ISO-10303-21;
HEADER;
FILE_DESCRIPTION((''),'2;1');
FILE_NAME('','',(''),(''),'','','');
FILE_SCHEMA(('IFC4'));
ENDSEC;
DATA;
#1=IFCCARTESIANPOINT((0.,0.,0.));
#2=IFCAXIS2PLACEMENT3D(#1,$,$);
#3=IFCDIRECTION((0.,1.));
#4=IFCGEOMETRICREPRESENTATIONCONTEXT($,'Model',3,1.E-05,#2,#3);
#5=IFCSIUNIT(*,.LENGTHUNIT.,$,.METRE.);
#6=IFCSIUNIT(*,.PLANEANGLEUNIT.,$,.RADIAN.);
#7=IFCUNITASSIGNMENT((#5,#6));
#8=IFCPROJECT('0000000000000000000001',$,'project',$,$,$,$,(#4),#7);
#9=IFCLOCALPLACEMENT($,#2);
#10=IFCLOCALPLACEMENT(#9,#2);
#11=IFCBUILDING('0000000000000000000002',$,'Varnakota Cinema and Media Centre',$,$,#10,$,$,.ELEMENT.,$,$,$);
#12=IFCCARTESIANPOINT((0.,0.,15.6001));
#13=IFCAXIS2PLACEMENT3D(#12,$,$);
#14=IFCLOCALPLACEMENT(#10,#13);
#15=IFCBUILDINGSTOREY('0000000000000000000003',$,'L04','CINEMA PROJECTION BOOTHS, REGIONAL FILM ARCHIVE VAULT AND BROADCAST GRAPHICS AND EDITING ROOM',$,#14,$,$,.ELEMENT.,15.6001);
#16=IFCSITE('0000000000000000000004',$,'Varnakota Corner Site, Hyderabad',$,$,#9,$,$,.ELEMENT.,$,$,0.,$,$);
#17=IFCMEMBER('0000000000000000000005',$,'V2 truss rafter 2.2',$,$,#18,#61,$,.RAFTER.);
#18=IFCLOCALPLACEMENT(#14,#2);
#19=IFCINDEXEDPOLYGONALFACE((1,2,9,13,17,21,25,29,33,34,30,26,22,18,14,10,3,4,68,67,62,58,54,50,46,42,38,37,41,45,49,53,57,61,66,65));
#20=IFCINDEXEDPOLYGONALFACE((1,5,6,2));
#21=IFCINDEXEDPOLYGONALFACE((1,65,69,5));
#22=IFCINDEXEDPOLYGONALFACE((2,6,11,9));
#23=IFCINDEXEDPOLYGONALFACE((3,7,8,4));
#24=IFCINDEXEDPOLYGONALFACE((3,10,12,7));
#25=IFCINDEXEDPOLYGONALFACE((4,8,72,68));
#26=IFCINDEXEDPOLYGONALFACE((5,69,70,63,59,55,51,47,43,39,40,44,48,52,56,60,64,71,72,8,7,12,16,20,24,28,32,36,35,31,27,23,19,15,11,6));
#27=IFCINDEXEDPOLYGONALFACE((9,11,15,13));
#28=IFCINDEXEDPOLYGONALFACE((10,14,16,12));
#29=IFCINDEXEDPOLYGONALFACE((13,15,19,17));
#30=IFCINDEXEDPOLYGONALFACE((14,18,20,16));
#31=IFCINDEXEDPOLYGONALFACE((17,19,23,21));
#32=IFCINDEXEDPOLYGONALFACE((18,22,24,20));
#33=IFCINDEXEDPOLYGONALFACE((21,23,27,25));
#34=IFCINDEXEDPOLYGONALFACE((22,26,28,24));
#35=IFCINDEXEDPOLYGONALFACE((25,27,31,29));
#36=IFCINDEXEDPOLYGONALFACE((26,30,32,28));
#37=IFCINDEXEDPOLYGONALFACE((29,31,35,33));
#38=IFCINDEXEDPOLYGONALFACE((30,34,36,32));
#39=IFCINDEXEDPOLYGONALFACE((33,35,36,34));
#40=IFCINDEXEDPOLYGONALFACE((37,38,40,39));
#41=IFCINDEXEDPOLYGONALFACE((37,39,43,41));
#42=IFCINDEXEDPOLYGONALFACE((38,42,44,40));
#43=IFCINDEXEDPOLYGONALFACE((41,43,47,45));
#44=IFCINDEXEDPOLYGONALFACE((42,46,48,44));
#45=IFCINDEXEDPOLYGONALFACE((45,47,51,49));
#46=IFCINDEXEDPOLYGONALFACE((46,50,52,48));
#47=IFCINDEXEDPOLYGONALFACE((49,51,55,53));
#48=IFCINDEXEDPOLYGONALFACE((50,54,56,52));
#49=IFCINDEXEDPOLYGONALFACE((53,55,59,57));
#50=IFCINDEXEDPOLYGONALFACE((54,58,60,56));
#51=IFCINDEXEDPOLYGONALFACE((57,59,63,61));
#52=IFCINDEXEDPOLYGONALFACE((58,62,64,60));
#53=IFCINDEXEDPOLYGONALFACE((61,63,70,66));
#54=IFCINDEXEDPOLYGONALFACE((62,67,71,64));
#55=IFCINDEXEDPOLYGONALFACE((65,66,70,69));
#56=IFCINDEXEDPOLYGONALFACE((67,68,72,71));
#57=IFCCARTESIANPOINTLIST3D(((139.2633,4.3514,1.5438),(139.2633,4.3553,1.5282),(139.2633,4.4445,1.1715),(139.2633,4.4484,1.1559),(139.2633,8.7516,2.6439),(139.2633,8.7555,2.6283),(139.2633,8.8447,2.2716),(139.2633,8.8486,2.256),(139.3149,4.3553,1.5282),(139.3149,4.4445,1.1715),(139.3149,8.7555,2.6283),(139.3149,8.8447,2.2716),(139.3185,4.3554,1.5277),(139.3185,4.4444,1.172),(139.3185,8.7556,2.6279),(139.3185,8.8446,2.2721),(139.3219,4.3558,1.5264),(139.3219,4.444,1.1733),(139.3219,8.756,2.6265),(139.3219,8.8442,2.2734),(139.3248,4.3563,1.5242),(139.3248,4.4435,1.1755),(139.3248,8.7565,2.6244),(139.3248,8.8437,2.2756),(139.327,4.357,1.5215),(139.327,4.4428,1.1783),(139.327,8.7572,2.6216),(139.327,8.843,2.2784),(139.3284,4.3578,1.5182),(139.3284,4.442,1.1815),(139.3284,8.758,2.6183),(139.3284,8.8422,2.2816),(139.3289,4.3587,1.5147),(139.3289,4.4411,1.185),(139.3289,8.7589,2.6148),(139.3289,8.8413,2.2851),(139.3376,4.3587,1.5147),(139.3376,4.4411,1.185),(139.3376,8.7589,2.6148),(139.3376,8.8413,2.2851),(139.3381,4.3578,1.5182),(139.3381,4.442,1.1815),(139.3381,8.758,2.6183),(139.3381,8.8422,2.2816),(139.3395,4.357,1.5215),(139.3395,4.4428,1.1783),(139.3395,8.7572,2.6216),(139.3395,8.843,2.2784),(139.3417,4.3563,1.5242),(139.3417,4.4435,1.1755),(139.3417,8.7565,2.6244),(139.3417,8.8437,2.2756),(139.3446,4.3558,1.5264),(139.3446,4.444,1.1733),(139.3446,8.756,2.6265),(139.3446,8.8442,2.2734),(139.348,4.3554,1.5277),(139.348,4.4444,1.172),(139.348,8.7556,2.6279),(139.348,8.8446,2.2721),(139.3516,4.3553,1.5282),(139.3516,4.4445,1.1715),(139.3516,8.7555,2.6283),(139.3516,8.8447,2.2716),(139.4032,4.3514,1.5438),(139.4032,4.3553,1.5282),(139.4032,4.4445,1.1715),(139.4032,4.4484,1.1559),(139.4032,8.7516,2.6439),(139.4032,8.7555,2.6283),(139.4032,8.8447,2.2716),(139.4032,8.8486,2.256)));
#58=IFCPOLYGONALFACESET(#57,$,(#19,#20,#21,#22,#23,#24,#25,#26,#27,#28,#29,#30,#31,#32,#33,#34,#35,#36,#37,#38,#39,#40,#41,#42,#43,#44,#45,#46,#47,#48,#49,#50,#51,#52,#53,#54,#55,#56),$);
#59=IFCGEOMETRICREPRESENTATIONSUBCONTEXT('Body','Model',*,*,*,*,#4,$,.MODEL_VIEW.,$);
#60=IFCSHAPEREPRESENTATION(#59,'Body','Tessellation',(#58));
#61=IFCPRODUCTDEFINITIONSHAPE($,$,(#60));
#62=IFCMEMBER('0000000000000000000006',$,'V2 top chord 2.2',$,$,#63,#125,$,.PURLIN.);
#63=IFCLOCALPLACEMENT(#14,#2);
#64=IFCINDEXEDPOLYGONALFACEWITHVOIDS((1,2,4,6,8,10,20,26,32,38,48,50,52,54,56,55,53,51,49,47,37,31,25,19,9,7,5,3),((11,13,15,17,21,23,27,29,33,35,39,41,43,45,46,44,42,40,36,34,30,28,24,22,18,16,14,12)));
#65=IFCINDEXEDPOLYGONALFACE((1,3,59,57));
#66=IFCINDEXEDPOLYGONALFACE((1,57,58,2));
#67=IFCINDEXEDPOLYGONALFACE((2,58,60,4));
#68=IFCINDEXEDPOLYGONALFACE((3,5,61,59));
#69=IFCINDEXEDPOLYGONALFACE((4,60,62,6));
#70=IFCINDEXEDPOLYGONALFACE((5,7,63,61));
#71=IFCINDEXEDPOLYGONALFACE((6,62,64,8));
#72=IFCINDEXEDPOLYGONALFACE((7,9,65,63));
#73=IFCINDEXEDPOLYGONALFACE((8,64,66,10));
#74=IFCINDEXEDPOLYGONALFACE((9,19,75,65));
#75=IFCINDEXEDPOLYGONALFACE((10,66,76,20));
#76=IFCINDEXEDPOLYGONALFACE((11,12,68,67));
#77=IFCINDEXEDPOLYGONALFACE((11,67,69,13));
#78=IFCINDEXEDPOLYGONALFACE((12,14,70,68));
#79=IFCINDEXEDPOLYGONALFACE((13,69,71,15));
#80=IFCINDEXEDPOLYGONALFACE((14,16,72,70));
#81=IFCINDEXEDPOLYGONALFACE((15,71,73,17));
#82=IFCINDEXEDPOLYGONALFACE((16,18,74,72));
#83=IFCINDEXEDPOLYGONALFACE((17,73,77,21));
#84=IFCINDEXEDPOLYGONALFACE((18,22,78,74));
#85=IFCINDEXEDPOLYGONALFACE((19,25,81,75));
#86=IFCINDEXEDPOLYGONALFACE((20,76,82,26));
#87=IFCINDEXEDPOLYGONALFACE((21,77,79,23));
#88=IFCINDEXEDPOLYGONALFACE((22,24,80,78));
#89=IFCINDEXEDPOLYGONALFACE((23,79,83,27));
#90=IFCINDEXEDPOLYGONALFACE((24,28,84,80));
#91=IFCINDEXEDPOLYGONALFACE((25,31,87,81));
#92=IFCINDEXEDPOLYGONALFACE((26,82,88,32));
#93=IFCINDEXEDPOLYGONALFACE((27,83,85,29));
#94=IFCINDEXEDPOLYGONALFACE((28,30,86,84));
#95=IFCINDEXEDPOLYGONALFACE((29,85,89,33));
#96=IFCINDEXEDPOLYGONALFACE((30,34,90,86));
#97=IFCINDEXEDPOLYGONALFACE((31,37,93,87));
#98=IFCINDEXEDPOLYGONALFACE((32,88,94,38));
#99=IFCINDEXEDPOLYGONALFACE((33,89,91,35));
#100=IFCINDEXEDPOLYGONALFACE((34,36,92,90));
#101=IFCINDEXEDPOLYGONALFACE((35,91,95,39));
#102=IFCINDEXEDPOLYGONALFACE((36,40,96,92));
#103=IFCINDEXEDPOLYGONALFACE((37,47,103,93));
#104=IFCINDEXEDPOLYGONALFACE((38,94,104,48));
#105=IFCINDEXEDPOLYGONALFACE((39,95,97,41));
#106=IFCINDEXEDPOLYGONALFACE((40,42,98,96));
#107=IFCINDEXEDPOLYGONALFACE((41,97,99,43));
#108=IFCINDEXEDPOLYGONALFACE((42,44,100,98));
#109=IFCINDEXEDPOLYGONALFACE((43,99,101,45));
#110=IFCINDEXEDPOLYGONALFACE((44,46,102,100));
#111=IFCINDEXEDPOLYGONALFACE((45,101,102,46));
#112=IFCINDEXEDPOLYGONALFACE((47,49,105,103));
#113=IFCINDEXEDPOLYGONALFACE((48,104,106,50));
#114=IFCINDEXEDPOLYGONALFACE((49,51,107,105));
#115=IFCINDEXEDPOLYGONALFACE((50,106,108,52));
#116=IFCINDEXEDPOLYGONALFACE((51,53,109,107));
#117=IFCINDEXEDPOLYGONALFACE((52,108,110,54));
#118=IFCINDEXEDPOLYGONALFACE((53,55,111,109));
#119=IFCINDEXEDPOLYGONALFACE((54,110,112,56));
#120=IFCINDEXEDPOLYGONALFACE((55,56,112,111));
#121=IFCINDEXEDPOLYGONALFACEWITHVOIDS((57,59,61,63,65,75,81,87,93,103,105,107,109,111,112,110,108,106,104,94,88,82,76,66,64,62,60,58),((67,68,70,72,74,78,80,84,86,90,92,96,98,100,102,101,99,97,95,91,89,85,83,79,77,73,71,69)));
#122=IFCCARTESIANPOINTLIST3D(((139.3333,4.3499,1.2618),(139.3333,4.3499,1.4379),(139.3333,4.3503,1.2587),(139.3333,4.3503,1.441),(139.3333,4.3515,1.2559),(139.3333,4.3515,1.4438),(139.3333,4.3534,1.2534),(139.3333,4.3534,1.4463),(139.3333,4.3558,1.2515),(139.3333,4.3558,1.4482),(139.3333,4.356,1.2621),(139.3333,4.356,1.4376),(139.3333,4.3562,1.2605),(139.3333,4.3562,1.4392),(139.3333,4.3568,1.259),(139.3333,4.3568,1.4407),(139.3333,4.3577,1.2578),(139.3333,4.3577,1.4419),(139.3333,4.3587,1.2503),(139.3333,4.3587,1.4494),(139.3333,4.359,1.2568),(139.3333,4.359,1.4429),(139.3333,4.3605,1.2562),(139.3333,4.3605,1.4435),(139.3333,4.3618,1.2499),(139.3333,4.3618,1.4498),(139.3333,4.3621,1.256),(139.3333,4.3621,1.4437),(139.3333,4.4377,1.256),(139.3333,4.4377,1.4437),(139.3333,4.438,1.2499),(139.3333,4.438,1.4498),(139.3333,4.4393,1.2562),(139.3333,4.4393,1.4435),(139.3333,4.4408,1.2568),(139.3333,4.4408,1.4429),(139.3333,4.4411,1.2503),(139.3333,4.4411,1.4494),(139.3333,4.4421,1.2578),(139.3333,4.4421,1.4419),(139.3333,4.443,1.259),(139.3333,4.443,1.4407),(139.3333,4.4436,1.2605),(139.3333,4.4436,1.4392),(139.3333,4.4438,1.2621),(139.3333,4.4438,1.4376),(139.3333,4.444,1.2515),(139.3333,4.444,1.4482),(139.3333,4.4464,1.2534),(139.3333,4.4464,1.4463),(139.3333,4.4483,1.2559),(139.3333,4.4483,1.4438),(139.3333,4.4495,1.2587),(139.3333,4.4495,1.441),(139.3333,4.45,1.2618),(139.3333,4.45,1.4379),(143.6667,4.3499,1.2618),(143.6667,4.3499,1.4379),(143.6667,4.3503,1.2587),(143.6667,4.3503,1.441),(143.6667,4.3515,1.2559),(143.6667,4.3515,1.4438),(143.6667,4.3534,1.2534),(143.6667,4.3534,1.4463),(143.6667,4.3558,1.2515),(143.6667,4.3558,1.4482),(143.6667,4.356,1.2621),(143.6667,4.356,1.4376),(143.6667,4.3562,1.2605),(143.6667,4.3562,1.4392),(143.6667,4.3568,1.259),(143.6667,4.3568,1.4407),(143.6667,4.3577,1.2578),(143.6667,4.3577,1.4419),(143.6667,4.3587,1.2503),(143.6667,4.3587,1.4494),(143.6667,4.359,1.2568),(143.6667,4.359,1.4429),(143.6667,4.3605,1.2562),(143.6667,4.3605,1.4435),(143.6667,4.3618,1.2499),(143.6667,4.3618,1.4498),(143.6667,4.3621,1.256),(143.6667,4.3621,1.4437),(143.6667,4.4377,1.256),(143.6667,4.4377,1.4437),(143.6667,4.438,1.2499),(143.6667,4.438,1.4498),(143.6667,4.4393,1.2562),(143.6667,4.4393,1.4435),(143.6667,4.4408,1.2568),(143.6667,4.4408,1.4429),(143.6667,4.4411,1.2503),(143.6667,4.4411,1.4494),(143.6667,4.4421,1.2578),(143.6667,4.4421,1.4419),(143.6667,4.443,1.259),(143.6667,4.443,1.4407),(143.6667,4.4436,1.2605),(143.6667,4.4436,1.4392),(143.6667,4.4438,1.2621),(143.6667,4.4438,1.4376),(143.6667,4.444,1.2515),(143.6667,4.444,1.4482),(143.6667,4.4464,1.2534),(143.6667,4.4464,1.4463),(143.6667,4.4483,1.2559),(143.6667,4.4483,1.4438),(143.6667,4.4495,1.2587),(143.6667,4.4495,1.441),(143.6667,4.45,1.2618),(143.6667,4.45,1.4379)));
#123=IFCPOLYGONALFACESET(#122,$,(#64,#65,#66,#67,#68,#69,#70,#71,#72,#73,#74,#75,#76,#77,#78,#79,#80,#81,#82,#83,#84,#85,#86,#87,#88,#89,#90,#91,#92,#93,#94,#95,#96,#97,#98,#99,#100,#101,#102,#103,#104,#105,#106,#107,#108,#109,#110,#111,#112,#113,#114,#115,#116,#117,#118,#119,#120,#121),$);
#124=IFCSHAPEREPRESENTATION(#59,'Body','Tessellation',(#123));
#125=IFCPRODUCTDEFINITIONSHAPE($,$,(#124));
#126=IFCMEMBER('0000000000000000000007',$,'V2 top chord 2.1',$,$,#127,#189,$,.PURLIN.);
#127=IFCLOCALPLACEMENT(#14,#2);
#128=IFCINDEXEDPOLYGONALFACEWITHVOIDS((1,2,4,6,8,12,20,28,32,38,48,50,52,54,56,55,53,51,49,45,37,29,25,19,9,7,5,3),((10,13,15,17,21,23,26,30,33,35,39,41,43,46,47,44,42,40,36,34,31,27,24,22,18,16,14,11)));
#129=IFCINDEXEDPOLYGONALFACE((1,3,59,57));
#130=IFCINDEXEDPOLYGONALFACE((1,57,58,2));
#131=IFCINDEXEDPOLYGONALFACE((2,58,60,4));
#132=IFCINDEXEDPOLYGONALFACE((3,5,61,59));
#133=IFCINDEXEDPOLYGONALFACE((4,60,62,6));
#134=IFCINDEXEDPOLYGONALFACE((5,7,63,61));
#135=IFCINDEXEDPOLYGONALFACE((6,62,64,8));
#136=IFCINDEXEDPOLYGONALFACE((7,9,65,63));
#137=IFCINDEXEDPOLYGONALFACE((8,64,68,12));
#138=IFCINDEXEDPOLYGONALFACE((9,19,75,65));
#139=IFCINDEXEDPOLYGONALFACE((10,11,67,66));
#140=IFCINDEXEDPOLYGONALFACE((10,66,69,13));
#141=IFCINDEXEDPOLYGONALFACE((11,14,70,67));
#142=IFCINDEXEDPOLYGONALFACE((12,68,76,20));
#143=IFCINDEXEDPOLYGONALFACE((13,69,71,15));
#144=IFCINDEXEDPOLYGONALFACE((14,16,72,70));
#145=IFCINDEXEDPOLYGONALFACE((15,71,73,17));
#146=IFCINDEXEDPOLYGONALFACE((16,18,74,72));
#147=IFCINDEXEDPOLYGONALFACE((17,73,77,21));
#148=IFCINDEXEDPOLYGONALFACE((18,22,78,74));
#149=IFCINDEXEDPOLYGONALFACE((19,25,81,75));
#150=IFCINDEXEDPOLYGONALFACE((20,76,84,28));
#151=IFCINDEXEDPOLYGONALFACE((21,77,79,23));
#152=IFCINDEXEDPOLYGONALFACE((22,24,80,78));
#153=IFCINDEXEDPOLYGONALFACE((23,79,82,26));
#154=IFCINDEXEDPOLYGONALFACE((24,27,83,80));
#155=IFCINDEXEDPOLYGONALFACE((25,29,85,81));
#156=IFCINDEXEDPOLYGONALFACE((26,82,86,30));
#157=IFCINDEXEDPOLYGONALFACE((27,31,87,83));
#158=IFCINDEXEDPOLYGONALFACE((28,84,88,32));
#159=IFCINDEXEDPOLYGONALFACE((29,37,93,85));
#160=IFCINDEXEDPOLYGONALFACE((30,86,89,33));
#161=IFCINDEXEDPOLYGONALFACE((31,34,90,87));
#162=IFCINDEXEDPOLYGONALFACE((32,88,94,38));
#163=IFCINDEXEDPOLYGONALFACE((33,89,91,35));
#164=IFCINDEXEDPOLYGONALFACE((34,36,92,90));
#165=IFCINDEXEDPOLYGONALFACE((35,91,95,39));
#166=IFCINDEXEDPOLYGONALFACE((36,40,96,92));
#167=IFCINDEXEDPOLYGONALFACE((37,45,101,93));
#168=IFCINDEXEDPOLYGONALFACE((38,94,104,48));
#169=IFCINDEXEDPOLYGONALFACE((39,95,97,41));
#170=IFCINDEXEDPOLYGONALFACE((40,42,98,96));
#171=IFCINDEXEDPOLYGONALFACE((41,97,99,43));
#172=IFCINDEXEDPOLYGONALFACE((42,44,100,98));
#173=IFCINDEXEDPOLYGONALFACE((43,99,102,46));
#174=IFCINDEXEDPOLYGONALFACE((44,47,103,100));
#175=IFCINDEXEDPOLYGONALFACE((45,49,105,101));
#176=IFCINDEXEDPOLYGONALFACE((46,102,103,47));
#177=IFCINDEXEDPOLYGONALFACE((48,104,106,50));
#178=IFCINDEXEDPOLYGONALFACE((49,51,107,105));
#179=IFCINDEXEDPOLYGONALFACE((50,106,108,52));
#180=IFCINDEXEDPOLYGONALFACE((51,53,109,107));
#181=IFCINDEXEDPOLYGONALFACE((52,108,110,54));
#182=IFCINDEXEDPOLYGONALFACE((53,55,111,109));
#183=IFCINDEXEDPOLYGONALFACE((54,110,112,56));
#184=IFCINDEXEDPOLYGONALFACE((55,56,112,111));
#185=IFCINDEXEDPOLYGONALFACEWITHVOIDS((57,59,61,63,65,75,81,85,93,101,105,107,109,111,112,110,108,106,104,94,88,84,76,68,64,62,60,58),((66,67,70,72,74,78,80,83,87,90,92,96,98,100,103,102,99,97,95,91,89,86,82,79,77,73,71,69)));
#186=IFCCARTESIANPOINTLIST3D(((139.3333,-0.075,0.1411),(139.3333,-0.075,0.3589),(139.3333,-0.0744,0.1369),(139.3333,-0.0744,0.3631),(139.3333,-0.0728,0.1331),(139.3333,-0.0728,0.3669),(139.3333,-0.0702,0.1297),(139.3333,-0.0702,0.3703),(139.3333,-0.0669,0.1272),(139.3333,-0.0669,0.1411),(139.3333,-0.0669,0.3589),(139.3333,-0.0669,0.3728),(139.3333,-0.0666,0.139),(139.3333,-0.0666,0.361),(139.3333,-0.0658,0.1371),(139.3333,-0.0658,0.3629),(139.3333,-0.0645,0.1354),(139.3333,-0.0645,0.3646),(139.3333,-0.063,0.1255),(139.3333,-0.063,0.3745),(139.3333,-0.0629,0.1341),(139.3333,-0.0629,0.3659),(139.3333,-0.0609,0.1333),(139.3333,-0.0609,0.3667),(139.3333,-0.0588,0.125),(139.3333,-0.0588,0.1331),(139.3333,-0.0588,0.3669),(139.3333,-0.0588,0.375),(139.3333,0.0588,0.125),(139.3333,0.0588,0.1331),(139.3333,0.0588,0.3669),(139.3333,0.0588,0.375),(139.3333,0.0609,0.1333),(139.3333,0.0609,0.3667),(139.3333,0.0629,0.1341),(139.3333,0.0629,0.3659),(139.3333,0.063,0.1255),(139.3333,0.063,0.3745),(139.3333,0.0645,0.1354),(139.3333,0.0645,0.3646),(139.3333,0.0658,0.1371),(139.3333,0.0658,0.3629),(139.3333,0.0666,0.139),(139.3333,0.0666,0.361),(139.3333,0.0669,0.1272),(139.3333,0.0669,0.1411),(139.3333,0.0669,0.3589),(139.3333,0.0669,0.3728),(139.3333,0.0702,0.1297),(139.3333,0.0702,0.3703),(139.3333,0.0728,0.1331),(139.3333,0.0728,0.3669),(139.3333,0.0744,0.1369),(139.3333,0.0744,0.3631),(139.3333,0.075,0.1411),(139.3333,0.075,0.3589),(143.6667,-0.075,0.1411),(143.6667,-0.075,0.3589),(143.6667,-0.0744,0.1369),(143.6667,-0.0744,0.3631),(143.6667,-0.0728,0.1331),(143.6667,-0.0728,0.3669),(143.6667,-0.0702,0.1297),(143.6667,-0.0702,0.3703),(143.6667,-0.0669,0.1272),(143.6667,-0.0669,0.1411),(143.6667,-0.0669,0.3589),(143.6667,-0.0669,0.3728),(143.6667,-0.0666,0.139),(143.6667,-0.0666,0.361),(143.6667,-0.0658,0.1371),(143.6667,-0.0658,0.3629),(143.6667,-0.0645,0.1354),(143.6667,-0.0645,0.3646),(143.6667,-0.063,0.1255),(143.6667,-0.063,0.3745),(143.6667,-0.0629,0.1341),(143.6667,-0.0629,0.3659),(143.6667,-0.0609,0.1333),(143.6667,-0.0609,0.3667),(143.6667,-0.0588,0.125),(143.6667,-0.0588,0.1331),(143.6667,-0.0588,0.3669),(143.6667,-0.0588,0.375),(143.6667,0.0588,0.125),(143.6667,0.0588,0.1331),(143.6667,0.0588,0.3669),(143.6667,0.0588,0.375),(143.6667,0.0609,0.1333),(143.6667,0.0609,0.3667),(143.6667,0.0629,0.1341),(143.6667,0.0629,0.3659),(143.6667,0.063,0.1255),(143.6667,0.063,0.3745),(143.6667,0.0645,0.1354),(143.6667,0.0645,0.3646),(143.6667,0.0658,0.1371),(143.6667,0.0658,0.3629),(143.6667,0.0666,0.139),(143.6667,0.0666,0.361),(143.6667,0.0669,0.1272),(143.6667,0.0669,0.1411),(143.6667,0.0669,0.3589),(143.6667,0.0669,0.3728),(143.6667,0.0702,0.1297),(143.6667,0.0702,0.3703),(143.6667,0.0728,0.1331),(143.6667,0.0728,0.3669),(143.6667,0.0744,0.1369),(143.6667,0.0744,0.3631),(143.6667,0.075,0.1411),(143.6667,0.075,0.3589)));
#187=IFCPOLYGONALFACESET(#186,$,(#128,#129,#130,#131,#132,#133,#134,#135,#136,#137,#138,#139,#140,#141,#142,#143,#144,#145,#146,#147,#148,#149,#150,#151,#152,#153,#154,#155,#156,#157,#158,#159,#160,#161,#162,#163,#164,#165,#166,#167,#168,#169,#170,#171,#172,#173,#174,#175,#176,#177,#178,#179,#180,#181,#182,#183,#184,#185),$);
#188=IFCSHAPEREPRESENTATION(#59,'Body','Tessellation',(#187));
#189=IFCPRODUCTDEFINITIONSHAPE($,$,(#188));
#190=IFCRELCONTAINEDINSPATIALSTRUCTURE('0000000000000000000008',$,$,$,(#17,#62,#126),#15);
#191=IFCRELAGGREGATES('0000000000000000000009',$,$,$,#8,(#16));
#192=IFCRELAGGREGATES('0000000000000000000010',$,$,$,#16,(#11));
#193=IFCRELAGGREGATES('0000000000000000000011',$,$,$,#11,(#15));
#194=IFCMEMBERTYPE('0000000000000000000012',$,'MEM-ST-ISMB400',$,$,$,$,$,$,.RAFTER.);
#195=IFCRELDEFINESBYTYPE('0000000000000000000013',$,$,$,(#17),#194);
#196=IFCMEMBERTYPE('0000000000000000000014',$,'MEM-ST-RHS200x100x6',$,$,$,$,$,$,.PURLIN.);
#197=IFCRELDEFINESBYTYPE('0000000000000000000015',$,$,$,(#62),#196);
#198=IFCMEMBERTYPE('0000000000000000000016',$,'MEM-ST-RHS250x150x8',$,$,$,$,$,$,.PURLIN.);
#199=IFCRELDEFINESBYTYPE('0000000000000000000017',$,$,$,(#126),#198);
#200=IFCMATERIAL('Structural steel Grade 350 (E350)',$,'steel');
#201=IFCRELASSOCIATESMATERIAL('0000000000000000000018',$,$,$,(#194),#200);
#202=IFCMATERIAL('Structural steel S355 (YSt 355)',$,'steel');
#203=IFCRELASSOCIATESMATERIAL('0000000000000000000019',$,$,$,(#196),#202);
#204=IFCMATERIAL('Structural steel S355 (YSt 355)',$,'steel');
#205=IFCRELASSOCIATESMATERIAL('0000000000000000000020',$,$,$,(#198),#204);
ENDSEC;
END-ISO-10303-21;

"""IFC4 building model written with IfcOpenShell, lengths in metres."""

from ifc_helpers import new_model, si_unit, direction, frame, origin, origin_2d, place, context, subcontext, project, spatial, hollow_rectangle, i_section, extrude, material, material_profile, profile_set, type_object, element, save


model = new_model("IFC4")

# Units and contexts
model_context = context("Model", 3, precision=1e-05, world=origin(), true_north=direction((0.0, 1.0)))
body_context = subcontext(model_context, "Body", "Model", "MODEL_VIEW")
ifc_project = project(units=[si_unit("LENGTHUNIT", "METRE"), si_unit("PLANEANGLEUNIT", "RADIAN")], contexts=[model_context])

# Site, building, storey
site_placement = place(None, origin())
site = spatial("IfcSite", under=ifc_project, at=site_placement, Name="Varnakota Corner Site, Hyderabad", CompositionType="ELEMENT", RefElevation=0.0)
building_placement = place(site_placement, origin())
building = spatial("IfcBuilding", under=site, at=building_placement, Name="Varnakota Cinema and Media Centre", CompositionType="ELEMENT")
storey_placement = place(building_placement, frame((0.0, 0.0, 15.6001)))
storey = spatial("IfcBuildingStorey", under=building, at=storey_placement, Name="L04", Description="CINEMA PROJECTION BOOTHS, REGIONAL FILM ARCHIVE VAULT AND BROADCAST GRAPHICS AND EDITING ROOM", CompositionType="ELEMENT", Elevation=15.6001)

# Members
ifc_material_1 = material(Name="Structural steel Grade 350 (E350)", Category="steel")
ifc_material_profile_1 = material_profile(ifc_material_1, i_section(OverallWidth=0.1399, OverallDepth=0.3999, WebThickness=0.0088, FlangeThickness=0.0161, FilletRadius=0.0139, at=origin_2d()), Name="ISMB 400")
ifc_profile_set_1 = profile_set([ifc_material_profile_1], Name="Structural steel Grade 350 (E350)")
member_type_1 = type_object("IfcMemberType", Name="MEM-ST-ISMB400", PredefinedType="RAFTER", material=ifc_profile_set_1)
member_1_placement = place(storey_placement, frame((139.3333, 4.3999, 1.3499), z_axis=(0.0, 0.970139, 0.242548), x_axis=(-1.0, 0.0, 0.0)))
element("IfcMember", 1, at=member_1_placement, inside=storey, type_object=member_type_1, Name="V2 truss rafter 2.2", PredefinedType="RAFTER", context=body_context, shape_type="SweptSolid", body=[
    extrude(i_section(OverallWidth=0.1399, OverallDepth=0.3999, WebThickness=0.0088, FlangeThickness=0.0161, FilletRadius=0.0139, at=origin_2d()), origin(), (0.0, 0.0, 1.0), 4.5356),
])
ifc_material_2 = material(Name="Structural steel S355 (YSt 355)", Category="steel")
ifc_material_profile_2 = material_profile(ifc_material_2, hollow_rectangle(XDim=0.1001, YDim=0.2, WallThickness=0.0061, InnerFilletRadius=0.0061, OuterFilletRadius=0.012, at=origin_2d()), Name="RHS 200x100x6")
ifc_profile_set_2 = profile_set([ifc_material_profile_2], Name="Structural steel S355 (YSt 355)")
member_type_2 = type_object("IfcMemberType", Name="MEM-ST-RHS200x100x6", PredefinedType="PURLIN", material=ifc_profile_set_2)
member_2_placement = place(storey_placement, frame((139.3333, 4.3999, 1.3499), z_axis=(1.0, 0.0, 0.0), x_axis=(0.0, 1.0, 0.0)))
element("IfcMember", 2, at=member_2_placement, inside=storey, type_object=member_type_2, Name="V2 top chord 2.2", PredefinedType="PURLIN", context=body_context, shape_type="SweptSolid", body=[
    extrude(hollow_rectangle(XDim=0.1001, YDim=0.2, WallThickness=0.0061, InnerFilletRadius=0.0061, OuterFilletRadius=0.012, at=origin_2d()), origin(), (0.0, 0.0, 1.0), 4.3335),
])
ifc_material_3 = material(Name="Structural steel S355 (YSt 355)", Category="steel")
ifc_material_profile_3 = material_profile(ifc_material_3, hollow_rectangle(XDim=0.1499, YDim=0.25, WallThickness=0.0081, InnerFilletRadius=0.0081, OuterFilletRadius=0.0161, at=origin_2d()), Name="RHS 250x150x8")
ifc_profile_set_3 = profile_set([ifc_material_profile_3], Name="Structural steel S355 (YSt 355)")
member_type_3 = type_object("IfcMemberType", Name="MEM-ST-RHS250x150x8", PredefinedType="PURLIN", material=ifc_profile_set_3)
member_3_placement = place(storey_placement, frame((139.3333, 0.0, 0.25), z_axis=(1.0, 0.0, 0.0), x_axis=(0.0, 1.0, 0.0)))
element("IfcMember", 3, at=member_3_placement, inside=storey, type_object=member_type_3, Name="V2 top chord 2.1", PredefinedType="PURLIN", context=body_context, shape_type="SweptSolid", body=[
    extrude(hollow_rectangle(XDim=0.1499, YDim=0.25, WallThickness=0.0081, InnerFilletRadius=0.0081, OuterFilletRadius=0.0161, at=origin_2d()), origin(), (0.0, 0.0, 1.0), 4.3335),
])

save(model, "model.ifc")
